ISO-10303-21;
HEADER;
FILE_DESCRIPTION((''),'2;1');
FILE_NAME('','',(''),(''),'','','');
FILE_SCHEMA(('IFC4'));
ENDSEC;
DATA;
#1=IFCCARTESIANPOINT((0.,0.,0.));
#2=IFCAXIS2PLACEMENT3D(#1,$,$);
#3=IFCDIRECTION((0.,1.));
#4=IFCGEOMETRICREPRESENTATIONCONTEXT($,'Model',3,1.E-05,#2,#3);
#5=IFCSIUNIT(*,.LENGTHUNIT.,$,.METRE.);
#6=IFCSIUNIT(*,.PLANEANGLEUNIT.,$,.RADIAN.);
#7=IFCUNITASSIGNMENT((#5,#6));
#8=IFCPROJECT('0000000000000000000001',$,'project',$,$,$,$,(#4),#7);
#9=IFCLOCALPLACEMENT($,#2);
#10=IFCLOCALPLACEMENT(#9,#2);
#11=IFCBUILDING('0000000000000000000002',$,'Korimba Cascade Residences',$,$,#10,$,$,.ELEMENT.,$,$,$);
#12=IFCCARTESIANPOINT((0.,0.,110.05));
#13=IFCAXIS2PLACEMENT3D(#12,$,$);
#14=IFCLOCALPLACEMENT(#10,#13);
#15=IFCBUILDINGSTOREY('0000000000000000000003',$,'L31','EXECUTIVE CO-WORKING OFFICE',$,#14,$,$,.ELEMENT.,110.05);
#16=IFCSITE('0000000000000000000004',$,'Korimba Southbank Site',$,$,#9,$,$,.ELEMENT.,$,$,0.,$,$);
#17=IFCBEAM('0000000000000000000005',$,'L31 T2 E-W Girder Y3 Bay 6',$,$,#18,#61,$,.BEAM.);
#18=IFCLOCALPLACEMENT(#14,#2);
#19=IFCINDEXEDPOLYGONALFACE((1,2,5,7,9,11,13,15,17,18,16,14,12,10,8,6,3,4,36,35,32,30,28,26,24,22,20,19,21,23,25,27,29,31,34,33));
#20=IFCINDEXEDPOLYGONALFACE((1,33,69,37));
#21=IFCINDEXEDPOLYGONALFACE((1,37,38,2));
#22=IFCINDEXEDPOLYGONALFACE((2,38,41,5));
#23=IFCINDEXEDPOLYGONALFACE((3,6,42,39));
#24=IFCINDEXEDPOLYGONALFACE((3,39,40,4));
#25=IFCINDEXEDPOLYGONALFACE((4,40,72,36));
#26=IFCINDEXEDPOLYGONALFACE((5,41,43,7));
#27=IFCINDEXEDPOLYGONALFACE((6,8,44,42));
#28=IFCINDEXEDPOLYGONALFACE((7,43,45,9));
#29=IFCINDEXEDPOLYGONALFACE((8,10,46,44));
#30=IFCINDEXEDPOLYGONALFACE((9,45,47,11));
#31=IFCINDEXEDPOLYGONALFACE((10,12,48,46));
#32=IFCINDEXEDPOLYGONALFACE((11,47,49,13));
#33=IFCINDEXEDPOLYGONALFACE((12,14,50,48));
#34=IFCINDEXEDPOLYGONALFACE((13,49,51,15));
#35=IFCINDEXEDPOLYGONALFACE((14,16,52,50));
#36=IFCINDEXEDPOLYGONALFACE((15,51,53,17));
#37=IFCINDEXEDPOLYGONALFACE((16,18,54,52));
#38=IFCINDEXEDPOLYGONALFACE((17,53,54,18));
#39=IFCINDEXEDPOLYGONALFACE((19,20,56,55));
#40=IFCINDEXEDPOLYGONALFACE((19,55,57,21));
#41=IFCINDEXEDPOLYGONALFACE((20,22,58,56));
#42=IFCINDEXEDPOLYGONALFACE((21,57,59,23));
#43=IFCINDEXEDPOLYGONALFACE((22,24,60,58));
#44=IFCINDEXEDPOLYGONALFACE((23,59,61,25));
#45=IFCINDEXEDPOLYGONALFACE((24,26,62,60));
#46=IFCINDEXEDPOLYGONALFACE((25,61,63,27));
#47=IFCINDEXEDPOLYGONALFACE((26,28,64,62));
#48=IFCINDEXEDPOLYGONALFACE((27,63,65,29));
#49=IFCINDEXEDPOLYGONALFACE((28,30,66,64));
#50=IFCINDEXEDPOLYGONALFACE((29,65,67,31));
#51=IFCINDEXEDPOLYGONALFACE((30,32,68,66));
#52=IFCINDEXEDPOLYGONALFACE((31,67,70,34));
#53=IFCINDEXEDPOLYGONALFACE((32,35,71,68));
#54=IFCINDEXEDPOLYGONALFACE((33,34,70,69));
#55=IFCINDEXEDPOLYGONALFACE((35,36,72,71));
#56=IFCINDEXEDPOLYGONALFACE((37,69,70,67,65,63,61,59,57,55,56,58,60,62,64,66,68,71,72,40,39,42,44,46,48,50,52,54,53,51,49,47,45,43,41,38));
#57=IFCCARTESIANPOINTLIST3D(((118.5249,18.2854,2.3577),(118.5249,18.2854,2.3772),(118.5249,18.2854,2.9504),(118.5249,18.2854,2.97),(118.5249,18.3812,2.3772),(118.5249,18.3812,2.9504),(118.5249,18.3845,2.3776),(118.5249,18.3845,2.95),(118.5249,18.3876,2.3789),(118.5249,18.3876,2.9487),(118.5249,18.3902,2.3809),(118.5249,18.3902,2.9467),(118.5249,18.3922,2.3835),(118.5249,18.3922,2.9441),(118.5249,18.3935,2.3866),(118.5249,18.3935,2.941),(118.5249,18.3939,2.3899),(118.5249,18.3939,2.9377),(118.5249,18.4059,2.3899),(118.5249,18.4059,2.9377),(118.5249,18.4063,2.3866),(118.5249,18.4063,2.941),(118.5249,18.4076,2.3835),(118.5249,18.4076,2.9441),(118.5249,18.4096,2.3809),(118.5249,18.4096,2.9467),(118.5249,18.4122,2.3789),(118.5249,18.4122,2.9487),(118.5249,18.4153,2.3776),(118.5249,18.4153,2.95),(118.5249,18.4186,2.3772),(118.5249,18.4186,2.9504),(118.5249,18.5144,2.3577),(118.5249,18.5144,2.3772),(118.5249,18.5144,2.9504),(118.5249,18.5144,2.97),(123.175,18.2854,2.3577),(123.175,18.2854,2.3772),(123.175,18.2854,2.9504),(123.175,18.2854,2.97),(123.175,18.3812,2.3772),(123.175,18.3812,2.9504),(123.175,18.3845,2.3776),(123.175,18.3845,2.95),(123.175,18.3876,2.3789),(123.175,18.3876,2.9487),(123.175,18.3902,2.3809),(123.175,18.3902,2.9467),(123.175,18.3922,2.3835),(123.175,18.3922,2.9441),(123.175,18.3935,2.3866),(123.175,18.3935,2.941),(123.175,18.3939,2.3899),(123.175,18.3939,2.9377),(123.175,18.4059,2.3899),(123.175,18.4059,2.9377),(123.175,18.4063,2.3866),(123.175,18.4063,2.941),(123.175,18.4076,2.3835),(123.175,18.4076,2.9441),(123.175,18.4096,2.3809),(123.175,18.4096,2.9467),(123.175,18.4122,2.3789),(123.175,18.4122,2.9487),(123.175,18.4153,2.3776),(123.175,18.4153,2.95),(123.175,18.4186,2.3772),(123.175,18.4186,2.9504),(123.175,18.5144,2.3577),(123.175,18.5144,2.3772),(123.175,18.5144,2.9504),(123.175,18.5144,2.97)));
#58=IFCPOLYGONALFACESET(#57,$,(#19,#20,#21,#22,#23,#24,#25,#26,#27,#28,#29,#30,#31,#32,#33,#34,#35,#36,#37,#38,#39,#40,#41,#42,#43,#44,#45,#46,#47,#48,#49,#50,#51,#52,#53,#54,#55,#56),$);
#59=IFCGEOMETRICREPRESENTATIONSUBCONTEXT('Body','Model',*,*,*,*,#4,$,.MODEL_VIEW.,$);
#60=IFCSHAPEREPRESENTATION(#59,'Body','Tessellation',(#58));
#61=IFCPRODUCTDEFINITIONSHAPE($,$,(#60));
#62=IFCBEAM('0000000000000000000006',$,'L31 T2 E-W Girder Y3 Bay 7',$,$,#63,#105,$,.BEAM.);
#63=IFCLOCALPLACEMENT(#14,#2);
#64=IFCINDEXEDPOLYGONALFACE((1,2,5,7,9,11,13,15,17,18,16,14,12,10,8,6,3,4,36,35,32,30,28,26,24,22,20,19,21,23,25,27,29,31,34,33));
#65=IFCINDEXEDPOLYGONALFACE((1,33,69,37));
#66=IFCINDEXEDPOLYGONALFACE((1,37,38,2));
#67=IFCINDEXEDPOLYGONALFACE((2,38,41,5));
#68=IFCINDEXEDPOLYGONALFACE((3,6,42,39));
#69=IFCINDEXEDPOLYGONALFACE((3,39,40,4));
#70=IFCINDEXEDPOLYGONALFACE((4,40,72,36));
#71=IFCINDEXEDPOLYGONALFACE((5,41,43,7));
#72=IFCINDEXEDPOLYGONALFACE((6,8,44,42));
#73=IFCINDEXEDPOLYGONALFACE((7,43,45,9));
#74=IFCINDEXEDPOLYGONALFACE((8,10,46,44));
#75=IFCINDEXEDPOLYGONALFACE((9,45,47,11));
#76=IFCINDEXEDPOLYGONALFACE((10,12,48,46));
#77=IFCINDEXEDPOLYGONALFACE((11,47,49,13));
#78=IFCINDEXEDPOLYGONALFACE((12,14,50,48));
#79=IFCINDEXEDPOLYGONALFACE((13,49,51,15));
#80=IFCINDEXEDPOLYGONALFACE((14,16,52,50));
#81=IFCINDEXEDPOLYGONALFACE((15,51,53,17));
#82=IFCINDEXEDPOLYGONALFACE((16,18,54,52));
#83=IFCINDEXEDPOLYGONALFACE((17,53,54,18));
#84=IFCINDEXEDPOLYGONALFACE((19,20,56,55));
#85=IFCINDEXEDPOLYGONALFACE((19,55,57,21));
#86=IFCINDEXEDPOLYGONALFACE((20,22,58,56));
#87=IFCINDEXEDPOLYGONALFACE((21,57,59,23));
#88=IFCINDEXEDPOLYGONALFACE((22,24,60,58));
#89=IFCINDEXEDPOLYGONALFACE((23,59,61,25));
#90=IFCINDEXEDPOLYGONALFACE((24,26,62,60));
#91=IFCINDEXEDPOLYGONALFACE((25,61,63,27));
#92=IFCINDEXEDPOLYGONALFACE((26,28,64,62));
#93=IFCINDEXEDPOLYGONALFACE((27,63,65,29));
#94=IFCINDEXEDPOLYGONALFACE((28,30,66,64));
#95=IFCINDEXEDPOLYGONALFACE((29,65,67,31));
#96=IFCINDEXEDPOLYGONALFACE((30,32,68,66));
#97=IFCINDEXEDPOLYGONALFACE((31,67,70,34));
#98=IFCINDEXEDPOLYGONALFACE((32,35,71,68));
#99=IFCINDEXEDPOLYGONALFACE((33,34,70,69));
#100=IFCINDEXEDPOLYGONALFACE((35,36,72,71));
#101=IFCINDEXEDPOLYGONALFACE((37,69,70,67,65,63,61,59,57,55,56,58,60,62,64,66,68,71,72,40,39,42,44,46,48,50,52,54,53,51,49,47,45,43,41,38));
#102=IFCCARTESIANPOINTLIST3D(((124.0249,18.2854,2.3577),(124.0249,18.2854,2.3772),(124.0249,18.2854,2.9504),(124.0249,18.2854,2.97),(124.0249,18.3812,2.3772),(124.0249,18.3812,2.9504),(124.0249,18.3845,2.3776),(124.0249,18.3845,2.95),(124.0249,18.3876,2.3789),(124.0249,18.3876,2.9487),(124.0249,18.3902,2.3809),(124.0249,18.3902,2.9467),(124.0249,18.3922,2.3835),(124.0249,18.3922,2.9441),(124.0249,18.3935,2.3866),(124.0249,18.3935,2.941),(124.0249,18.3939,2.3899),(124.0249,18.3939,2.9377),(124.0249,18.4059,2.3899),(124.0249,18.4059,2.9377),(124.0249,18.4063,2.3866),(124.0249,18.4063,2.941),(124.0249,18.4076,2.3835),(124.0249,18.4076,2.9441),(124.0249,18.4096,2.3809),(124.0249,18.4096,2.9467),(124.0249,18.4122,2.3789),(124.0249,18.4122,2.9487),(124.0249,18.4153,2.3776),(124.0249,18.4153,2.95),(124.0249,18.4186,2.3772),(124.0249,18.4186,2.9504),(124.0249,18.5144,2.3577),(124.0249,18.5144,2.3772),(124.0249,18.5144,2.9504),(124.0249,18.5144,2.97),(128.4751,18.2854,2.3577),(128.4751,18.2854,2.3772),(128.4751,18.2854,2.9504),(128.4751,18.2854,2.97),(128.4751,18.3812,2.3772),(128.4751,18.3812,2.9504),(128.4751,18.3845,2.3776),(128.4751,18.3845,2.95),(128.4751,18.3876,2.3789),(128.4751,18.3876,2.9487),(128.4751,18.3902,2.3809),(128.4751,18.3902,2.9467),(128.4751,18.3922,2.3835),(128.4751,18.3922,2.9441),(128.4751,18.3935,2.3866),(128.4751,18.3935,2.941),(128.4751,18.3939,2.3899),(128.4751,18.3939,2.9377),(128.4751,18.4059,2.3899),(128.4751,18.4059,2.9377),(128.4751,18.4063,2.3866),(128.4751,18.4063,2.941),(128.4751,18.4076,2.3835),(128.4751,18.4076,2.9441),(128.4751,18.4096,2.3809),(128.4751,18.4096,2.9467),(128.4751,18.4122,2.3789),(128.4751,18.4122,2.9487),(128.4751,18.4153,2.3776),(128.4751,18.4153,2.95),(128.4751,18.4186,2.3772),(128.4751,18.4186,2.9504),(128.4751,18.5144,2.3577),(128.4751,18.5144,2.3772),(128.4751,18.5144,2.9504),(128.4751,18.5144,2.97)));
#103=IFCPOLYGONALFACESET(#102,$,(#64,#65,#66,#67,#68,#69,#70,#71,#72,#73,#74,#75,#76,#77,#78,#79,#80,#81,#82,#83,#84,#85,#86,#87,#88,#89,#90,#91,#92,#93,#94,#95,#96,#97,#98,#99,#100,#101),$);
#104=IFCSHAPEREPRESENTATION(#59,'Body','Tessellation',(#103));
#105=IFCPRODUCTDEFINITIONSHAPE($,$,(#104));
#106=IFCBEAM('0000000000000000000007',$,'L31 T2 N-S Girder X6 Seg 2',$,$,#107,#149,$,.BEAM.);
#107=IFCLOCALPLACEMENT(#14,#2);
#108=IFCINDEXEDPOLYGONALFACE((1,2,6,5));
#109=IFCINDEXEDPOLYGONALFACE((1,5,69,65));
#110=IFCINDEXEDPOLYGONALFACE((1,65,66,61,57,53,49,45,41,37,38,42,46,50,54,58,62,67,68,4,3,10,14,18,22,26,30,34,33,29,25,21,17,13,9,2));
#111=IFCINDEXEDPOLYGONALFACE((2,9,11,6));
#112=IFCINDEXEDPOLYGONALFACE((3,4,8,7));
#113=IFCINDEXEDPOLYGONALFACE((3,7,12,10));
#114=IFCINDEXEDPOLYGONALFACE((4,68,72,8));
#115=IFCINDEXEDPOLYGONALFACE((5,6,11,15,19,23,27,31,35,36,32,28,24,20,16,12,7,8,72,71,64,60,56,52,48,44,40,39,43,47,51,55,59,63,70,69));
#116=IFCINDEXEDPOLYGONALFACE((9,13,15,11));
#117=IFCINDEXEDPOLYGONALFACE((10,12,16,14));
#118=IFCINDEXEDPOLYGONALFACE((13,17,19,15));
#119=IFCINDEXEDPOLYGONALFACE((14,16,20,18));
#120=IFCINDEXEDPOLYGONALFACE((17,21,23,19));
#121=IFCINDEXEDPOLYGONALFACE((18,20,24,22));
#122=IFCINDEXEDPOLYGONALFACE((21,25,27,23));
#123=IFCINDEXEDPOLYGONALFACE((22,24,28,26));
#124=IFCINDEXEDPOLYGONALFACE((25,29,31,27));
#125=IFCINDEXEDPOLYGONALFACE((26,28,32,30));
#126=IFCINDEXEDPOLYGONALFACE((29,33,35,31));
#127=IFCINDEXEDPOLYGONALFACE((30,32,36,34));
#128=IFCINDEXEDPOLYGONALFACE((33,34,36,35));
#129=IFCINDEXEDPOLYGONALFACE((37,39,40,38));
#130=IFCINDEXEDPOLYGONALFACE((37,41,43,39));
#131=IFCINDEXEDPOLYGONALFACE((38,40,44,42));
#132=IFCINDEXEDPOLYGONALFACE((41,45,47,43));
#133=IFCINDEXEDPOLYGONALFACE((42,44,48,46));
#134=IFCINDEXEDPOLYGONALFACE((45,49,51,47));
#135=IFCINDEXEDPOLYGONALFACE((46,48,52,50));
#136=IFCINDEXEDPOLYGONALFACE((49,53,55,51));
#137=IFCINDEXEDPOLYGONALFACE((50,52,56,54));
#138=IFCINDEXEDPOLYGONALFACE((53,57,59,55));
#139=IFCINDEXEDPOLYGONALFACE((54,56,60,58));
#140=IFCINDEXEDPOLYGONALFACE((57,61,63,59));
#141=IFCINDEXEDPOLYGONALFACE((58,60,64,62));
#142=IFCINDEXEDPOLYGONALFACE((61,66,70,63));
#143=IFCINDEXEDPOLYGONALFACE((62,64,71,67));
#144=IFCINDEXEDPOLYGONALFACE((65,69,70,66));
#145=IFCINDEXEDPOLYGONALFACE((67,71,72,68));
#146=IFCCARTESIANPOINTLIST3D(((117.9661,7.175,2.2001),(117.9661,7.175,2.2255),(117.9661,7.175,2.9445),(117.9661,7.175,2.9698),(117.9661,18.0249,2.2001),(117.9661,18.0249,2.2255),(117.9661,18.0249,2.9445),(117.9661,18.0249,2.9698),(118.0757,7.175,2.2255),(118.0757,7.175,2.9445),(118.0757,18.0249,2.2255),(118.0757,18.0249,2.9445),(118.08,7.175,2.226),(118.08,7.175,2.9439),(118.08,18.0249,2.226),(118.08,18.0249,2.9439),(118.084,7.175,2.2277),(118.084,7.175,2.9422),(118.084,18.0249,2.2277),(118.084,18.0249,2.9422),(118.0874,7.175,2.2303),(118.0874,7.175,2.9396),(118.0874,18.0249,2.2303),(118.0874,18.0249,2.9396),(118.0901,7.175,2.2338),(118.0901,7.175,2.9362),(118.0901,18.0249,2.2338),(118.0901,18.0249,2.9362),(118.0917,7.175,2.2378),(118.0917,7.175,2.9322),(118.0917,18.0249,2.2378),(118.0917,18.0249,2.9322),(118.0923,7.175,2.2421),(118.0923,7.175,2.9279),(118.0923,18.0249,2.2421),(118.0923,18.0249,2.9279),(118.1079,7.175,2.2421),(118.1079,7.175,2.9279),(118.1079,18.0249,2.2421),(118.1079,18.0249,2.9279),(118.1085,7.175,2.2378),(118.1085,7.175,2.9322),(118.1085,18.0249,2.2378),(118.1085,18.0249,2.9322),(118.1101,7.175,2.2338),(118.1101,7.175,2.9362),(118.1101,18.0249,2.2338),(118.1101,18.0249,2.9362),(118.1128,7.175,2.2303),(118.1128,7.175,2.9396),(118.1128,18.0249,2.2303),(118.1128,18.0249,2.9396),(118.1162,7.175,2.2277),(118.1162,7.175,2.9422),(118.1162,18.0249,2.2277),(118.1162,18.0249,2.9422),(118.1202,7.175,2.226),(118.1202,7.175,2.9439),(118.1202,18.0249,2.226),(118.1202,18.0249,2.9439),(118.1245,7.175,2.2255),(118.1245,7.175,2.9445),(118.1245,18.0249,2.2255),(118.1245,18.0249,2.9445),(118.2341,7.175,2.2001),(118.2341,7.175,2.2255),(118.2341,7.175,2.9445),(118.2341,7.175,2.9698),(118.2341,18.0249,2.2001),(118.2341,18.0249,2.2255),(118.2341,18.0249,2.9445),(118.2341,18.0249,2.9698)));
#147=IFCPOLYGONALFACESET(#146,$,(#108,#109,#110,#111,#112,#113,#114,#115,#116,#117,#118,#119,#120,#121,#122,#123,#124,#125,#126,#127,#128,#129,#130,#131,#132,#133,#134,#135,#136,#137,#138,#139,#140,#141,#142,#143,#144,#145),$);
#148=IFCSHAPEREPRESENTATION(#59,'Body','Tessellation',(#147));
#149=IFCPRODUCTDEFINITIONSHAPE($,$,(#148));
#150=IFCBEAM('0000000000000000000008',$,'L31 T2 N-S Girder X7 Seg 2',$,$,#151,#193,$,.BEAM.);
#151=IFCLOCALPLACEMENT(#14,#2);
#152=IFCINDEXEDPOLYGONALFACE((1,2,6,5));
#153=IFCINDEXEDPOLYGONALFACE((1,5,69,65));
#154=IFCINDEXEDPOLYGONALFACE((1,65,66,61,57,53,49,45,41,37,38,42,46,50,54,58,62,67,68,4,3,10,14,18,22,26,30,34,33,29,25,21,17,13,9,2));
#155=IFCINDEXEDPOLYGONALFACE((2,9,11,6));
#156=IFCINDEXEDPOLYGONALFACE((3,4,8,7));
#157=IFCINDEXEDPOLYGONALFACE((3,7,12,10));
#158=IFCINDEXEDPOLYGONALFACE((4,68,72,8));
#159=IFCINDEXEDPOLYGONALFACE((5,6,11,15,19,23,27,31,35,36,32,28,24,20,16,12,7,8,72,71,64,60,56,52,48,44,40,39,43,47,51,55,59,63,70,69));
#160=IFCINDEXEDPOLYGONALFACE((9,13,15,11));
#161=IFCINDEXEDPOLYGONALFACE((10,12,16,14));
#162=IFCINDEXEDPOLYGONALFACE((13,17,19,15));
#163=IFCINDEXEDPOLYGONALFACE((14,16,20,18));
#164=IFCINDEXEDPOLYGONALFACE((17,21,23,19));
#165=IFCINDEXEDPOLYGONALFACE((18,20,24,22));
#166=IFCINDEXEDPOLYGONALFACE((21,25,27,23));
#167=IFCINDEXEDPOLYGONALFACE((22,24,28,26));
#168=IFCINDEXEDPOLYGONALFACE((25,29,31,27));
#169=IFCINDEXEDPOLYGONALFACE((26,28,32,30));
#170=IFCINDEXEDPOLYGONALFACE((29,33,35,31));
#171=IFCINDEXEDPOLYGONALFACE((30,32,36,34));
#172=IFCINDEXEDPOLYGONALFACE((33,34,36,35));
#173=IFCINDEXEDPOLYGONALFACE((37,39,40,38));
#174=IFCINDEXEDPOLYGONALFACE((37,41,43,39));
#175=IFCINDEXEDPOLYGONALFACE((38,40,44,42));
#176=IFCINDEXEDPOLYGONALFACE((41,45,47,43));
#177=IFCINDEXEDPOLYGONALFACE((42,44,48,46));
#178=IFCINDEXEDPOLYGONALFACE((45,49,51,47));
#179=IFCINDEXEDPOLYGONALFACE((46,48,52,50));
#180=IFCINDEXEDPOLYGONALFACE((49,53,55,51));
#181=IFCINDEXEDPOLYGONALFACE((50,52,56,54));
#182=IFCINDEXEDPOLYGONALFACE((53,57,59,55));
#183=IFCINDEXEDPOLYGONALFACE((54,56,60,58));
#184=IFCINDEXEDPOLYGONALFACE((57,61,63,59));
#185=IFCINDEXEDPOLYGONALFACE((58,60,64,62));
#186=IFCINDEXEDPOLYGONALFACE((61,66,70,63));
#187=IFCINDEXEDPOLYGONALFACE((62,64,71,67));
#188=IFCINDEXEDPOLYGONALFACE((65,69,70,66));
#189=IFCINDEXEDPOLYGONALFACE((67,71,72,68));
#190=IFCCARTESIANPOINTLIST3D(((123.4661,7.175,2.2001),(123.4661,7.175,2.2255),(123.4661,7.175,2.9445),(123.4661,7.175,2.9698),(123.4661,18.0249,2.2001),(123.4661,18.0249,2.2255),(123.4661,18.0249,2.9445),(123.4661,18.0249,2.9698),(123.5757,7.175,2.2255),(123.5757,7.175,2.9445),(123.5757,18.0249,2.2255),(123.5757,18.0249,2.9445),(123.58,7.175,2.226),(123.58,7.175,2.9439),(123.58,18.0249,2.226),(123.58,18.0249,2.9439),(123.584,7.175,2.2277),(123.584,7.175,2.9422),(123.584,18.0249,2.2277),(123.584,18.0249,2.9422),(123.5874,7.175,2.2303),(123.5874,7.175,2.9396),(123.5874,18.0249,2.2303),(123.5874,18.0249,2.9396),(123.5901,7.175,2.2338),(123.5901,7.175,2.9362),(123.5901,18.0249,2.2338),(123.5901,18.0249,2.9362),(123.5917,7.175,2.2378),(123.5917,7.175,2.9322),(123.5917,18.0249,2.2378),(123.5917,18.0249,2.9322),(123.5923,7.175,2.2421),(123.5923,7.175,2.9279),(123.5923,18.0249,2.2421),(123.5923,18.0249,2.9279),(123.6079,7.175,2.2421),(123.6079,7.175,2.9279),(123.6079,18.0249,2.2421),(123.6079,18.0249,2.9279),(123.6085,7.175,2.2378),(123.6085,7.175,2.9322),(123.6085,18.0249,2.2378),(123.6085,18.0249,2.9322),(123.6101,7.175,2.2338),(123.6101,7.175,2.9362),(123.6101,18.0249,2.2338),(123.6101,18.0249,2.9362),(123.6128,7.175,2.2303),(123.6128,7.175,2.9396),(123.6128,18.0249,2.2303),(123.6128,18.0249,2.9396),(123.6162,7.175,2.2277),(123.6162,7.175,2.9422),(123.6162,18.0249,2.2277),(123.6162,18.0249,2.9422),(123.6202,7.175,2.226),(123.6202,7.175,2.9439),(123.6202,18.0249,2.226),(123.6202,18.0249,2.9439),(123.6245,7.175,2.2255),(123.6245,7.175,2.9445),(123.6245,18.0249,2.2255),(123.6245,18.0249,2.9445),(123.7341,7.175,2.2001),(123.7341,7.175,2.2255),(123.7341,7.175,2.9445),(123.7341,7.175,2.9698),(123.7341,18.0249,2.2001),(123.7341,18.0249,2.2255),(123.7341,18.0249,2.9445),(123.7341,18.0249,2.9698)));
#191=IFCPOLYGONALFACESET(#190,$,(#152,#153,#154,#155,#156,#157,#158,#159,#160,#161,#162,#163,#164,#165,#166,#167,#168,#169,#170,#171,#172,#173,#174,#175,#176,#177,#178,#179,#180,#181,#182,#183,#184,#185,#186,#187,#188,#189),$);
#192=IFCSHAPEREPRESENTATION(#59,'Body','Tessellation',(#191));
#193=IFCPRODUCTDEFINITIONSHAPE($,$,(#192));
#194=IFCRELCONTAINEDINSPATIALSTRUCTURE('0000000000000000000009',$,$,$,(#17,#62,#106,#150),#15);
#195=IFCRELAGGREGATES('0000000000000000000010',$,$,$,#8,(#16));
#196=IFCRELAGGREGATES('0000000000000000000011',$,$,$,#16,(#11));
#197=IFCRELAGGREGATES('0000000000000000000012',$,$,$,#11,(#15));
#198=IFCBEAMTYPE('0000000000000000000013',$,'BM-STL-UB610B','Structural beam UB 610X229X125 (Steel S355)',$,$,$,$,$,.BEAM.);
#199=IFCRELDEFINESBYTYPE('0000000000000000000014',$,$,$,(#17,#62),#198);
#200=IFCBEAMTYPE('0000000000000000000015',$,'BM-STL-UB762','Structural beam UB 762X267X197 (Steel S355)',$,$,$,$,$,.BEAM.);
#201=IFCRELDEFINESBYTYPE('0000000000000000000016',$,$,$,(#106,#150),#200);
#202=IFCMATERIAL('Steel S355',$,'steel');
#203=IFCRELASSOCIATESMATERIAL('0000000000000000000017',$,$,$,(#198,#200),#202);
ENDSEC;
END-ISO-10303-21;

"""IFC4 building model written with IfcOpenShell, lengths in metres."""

from ifc_helpers import new_model, si_unit, direction, frame, origin, origin_2d, place, context, subcontext, project, spatial, i_section, extrude, material, material_profile, profile_set, type_object, element, save


model = new_model("IFC4")

# Units and contexts
model_context = context("Model", 3, precision=1e-05, world=origin(), true_north=direction((0.0, 1.0)))
body_context = subcontext(model_context, "Body", "Model", "MODEL_VIEW")
ifc_project = project(units=[si_unit("LENGTHUNIT", "METRE"), si_unit("PLANEANGLEUNIT", "RADIAN")], contexts=[model_context])

# Site, building, storey
site_placement = place(None, origin())
site = spatial("IfcSite", under=ifc_project, at=site_placement, Name="Korimba Southbank Site", CompositionType="ELEMENT", RefElevation=0.0)
building_placement = place(site_placement, origin())
building = spatial("IfcBuilding", under=site, at=building_placement, Name="Korimba Cascade Residences", CompositionType="ELEMENT")
storey_placement = place(building_placement, frame((0.0, 0.0, 110.05)))
storey = spatial("IfcBuildingStorey", under=building, at=storey_placement, Name="L31", Description="EXECUTIVE CO-WORKING OFFICE", CompositionType="ELEMENT", Elevation=110.05)

# Beams
ifc_material_1 = material(Name="Steel S355", Category="steel")
ifc_material_profile_1 = material_profile(ifc_material_1, i_section(OverallWidth=0.229, OverallDepth=0.6123, WebThickness=0.012, FlangeThickness=0.0195, FilletRadius=0.0127, at=origin_2d()), Name="Steel S355")
ifc_profile_set_1 = profile_set([ifc_material_profile_1], Name="Steel S355")
beam_type_1 = type_object("IfcBeamType", Name="BM-STL-UB610B", Description="Structural beam UB 610X229X125 (Steel S355)", PredefinedType="BEAM", material=ifc_profile_set_1)
beam_1_placement = place(storey_placement, frame((118.5249, 18.3999, 2.6638), z_axis=(1.0, 0.0, 0.0), x_axis=(0.0, 1.0, 0.0)))
element("IfcBeam", 1, at=beam_1_placement, inside=storey, type_object=beam_type_1, Name="L31 T2 E-W Girder Y3 Bay 6", PredefinedType="BEAM", context=body_context, shape_type="SweptSolid", body=[
    extrude(i_section(OverallWidth=0.229, OverallDepth=0.6123, WebThickness=0.012, FlangeThickness=0.0195, FilletRadius=0.0127, at=origin_2d()), origin(), (0.0, 0.0, 1.0), 4.6501),
])
beam_2_placement = place(storey_placement, frame((124.0249, 18.3999, 2.6638), z_axis=(1.0, 0.0, 0.0), x_axis=(0.0, 1.0, 0.0)))
element("IfcBeam", 2, at=beam_2_placement, inside=storey, type_object=beam_type_1, Name="L31 T2 E-W Girder Y3 Bay 7", PredefinedType="BEAM", context=body_context, shape_type="SweptSolid", body=[
    extrude(i_section(OverallWidth=0.229, OverallDepth=0.6123, WebThickness=0.012, FlangeThickness=0.0195, FilletRadius=0.0127, at=origin_2d()), origin(), (0.0, 0.0, 1.0), 4.4502),
])
ifc_material_profile_2 = material_profile(ifc_material_1, i_section(OverallWidth=0.2681, OverallDepth=0.7698, WebThickness=0.0156, FlangeThickness=0.0254, FilletRadius=0.0166, at=origin_2d()), Name="Steel S355")
ifc_profile_set_2 = profile_set([ifc_material_profile_2], Name="Steel S355")
beam_type_2 = type_object("IfcBeamType", Name="BM-STL-UB762", Description="Structural beam UB 762X267X197 (Steel S355)", PredefinedType="BEAM", material=ifc_profile_set_2)
for number, where, z_axis, x_axis, name in (
    (3, (118.1001, 7.175, 2.585), (0.0, 1.0, 0.0), (-1.0, 0.0, 0.0), "L31 T2 N-S Girder X6 Seg 2"),
    (4, (123.6001, 7.175, 2.585), (0.0, 1.0, 0.0), (-1.0, 0.0, 0.0), "L31 T2 N-S Girder X7 Seg 2"),
):
    element("IfcBeam", number, at=place(storey_placement, frame(where, z_axis=z_axis, x_axis=x_axis)), inside=storey, type_object=beam_type_2, Name=name, PredefinedType="BEAM", context=body_context, shape_type="SweptSolid", body=[
        extrude(i_section(OverallWidth=0.2681, OverallDepth=0.7698, WebThickness=0.0156, FlangeThickness=0.0254, FilletRadius=0.0166, at=origin_2d()), origin(), (0.0, 0.0, 1.0), 10.8499),
    ])

save(model, "model.ifc")
